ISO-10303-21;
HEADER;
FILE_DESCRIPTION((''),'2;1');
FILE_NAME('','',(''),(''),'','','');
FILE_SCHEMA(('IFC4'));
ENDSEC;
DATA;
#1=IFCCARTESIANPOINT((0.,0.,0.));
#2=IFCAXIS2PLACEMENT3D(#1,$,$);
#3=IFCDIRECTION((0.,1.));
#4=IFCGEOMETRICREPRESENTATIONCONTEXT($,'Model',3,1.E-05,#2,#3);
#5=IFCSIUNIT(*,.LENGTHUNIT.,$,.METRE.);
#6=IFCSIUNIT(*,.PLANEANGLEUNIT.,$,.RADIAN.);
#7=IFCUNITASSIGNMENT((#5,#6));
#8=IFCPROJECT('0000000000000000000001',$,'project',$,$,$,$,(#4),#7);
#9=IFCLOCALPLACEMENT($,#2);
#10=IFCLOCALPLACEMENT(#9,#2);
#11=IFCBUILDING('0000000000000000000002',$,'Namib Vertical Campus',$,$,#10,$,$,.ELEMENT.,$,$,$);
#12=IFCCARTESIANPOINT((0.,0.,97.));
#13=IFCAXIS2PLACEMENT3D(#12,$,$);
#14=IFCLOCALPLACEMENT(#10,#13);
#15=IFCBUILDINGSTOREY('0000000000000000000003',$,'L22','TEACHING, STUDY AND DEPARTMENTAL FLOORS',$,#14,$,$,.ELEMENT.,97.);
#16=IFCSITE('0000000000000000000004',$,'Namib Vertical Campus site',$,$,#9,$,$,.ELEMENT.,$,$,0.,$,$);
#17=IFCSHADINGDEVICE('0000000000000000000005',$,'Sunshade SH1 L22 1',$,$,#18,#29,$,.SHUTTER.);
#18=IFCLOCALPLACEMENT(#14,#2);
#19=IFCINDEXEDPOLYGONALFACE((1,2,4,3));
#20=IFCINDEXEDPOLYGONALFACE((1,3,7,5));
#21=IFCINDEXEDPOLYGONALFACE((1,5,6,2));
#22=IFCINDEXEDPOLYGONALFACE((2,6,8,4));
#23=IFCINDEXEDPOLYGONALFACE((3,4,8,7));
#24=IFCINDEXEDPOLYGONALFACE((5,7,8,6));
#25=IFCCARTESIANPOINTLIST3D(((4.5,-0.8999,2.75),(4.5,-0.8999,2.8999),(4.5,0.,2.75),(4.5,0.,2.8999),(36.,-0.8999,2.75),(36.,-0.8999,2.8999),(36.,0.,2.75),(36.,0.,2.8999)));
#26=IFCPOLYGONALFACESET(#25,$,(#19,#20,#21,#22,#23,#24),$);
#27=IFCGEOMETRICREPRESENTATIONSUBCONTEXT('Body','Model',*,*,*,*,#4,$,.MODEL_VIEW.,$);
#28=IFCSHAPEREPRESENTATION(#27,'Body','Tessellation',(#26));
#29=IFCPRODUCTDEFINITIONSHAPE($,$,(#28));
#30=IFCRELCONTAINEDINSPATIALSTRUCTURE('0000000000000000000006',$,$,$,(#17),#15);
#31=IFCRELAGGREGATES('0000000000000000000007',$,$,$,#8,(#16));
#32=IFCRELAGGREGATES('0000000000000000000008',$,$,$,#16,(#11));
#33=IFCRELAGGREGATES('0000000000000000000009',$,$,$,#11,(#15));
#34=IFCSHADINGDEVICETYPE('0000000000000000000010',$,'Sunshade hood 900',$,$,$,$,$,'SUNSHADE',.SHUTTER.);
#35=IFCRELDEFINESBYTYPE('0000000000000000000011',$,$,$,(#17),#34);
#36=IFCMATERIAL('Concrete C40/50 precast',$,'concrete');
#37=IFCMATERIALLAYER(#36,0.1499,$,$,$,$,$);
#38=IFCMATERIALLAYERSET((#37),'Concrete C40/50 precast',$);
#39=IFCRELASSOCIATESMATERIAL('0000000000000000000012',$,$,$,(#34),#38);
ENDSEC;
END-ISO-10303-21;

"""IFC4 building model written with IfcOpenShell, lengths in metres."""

from ifc_helpers import new_model, si_unit, direction, frame, origin, origin_2d, place, context, subcontext, project, spatial, rectangle, extrude, material, layer, layer_set, type_object, element, save


model = new_model("IFC4")

# Units and contexts
model_context = context("Model", 3, precision=1e-05, world=origin(), true_north=direction((0.0, 1.0)))
body_context = subcontext(model_context, "Body", "Model", "MODEL_VIEW")
ifc_project = project(units=[si_unit("LENGTHUNIT", "METRE"), si_unit("PLANEANGLEUNIT", "RADIAN")], contexts=[model_context])

# Site, building, storey
site_placement = place(None, origin())
site = spatial("IfcSite", under=ifc_project, at=site_placement, Name="Namib Vertical Campus site", CompositionType="ELEMENT", RefElevation=0.0)
building_placement = place(site_placement, origin())
building = spatial("IfcBuilding", under=site, at=building_placement, Name="Namib Vertical Campus", CompositionType="ELEMENT")
storey_placement = place(building_placement, frame((0.0, 0.0, 97.0)))
storey = spatial("IfcBuildingStorey", under=building, at=storey_placement, Name="L22", Description="TEACHING, STUDY AND DEPARTMENTAL FLOORS", CompositionType="ELEMENT", Elevation=97.0)

# Shading device
ifc_material_1 = material(Name="Concrete C40/50 precast", Category="concrete")
ifc_layer_1 = layer(ifc_material_1, 0.1499)
ifc_layer_set_1 = layer_set([ifc_layer_1], Name="Concrete C40/50 precast")
shading_device_type = type_object("IfcShadingDeviceType", Name="Sunshade hood 900", ElementType="SUNSHADE", PredefinedType="SHUTTER", material=ifc_layer_set_1)
shading_device_placement = place(storey_placement, frame((20.25, -0.45, 2.75), z_axis=(0.0, 0.0, 1.0), x_axis=(1.0, 0.0, 0.0)))
element("IfcShadingDevice", 1, at=shading_device_placement, inside=storey, type_object=shading_device_type, Name="Sunshade SH1 L22 1", PredefinedType="SHUTTER", context=body_context, shape_type="SweptSolid", body=[
    extrude(rectangle(XDim=31.5, YDim=0.8999, at=origin_2d()), origin(), (0.0, 0.0, 1.0), 0.1499),
])

save(model, "model.ifc")
